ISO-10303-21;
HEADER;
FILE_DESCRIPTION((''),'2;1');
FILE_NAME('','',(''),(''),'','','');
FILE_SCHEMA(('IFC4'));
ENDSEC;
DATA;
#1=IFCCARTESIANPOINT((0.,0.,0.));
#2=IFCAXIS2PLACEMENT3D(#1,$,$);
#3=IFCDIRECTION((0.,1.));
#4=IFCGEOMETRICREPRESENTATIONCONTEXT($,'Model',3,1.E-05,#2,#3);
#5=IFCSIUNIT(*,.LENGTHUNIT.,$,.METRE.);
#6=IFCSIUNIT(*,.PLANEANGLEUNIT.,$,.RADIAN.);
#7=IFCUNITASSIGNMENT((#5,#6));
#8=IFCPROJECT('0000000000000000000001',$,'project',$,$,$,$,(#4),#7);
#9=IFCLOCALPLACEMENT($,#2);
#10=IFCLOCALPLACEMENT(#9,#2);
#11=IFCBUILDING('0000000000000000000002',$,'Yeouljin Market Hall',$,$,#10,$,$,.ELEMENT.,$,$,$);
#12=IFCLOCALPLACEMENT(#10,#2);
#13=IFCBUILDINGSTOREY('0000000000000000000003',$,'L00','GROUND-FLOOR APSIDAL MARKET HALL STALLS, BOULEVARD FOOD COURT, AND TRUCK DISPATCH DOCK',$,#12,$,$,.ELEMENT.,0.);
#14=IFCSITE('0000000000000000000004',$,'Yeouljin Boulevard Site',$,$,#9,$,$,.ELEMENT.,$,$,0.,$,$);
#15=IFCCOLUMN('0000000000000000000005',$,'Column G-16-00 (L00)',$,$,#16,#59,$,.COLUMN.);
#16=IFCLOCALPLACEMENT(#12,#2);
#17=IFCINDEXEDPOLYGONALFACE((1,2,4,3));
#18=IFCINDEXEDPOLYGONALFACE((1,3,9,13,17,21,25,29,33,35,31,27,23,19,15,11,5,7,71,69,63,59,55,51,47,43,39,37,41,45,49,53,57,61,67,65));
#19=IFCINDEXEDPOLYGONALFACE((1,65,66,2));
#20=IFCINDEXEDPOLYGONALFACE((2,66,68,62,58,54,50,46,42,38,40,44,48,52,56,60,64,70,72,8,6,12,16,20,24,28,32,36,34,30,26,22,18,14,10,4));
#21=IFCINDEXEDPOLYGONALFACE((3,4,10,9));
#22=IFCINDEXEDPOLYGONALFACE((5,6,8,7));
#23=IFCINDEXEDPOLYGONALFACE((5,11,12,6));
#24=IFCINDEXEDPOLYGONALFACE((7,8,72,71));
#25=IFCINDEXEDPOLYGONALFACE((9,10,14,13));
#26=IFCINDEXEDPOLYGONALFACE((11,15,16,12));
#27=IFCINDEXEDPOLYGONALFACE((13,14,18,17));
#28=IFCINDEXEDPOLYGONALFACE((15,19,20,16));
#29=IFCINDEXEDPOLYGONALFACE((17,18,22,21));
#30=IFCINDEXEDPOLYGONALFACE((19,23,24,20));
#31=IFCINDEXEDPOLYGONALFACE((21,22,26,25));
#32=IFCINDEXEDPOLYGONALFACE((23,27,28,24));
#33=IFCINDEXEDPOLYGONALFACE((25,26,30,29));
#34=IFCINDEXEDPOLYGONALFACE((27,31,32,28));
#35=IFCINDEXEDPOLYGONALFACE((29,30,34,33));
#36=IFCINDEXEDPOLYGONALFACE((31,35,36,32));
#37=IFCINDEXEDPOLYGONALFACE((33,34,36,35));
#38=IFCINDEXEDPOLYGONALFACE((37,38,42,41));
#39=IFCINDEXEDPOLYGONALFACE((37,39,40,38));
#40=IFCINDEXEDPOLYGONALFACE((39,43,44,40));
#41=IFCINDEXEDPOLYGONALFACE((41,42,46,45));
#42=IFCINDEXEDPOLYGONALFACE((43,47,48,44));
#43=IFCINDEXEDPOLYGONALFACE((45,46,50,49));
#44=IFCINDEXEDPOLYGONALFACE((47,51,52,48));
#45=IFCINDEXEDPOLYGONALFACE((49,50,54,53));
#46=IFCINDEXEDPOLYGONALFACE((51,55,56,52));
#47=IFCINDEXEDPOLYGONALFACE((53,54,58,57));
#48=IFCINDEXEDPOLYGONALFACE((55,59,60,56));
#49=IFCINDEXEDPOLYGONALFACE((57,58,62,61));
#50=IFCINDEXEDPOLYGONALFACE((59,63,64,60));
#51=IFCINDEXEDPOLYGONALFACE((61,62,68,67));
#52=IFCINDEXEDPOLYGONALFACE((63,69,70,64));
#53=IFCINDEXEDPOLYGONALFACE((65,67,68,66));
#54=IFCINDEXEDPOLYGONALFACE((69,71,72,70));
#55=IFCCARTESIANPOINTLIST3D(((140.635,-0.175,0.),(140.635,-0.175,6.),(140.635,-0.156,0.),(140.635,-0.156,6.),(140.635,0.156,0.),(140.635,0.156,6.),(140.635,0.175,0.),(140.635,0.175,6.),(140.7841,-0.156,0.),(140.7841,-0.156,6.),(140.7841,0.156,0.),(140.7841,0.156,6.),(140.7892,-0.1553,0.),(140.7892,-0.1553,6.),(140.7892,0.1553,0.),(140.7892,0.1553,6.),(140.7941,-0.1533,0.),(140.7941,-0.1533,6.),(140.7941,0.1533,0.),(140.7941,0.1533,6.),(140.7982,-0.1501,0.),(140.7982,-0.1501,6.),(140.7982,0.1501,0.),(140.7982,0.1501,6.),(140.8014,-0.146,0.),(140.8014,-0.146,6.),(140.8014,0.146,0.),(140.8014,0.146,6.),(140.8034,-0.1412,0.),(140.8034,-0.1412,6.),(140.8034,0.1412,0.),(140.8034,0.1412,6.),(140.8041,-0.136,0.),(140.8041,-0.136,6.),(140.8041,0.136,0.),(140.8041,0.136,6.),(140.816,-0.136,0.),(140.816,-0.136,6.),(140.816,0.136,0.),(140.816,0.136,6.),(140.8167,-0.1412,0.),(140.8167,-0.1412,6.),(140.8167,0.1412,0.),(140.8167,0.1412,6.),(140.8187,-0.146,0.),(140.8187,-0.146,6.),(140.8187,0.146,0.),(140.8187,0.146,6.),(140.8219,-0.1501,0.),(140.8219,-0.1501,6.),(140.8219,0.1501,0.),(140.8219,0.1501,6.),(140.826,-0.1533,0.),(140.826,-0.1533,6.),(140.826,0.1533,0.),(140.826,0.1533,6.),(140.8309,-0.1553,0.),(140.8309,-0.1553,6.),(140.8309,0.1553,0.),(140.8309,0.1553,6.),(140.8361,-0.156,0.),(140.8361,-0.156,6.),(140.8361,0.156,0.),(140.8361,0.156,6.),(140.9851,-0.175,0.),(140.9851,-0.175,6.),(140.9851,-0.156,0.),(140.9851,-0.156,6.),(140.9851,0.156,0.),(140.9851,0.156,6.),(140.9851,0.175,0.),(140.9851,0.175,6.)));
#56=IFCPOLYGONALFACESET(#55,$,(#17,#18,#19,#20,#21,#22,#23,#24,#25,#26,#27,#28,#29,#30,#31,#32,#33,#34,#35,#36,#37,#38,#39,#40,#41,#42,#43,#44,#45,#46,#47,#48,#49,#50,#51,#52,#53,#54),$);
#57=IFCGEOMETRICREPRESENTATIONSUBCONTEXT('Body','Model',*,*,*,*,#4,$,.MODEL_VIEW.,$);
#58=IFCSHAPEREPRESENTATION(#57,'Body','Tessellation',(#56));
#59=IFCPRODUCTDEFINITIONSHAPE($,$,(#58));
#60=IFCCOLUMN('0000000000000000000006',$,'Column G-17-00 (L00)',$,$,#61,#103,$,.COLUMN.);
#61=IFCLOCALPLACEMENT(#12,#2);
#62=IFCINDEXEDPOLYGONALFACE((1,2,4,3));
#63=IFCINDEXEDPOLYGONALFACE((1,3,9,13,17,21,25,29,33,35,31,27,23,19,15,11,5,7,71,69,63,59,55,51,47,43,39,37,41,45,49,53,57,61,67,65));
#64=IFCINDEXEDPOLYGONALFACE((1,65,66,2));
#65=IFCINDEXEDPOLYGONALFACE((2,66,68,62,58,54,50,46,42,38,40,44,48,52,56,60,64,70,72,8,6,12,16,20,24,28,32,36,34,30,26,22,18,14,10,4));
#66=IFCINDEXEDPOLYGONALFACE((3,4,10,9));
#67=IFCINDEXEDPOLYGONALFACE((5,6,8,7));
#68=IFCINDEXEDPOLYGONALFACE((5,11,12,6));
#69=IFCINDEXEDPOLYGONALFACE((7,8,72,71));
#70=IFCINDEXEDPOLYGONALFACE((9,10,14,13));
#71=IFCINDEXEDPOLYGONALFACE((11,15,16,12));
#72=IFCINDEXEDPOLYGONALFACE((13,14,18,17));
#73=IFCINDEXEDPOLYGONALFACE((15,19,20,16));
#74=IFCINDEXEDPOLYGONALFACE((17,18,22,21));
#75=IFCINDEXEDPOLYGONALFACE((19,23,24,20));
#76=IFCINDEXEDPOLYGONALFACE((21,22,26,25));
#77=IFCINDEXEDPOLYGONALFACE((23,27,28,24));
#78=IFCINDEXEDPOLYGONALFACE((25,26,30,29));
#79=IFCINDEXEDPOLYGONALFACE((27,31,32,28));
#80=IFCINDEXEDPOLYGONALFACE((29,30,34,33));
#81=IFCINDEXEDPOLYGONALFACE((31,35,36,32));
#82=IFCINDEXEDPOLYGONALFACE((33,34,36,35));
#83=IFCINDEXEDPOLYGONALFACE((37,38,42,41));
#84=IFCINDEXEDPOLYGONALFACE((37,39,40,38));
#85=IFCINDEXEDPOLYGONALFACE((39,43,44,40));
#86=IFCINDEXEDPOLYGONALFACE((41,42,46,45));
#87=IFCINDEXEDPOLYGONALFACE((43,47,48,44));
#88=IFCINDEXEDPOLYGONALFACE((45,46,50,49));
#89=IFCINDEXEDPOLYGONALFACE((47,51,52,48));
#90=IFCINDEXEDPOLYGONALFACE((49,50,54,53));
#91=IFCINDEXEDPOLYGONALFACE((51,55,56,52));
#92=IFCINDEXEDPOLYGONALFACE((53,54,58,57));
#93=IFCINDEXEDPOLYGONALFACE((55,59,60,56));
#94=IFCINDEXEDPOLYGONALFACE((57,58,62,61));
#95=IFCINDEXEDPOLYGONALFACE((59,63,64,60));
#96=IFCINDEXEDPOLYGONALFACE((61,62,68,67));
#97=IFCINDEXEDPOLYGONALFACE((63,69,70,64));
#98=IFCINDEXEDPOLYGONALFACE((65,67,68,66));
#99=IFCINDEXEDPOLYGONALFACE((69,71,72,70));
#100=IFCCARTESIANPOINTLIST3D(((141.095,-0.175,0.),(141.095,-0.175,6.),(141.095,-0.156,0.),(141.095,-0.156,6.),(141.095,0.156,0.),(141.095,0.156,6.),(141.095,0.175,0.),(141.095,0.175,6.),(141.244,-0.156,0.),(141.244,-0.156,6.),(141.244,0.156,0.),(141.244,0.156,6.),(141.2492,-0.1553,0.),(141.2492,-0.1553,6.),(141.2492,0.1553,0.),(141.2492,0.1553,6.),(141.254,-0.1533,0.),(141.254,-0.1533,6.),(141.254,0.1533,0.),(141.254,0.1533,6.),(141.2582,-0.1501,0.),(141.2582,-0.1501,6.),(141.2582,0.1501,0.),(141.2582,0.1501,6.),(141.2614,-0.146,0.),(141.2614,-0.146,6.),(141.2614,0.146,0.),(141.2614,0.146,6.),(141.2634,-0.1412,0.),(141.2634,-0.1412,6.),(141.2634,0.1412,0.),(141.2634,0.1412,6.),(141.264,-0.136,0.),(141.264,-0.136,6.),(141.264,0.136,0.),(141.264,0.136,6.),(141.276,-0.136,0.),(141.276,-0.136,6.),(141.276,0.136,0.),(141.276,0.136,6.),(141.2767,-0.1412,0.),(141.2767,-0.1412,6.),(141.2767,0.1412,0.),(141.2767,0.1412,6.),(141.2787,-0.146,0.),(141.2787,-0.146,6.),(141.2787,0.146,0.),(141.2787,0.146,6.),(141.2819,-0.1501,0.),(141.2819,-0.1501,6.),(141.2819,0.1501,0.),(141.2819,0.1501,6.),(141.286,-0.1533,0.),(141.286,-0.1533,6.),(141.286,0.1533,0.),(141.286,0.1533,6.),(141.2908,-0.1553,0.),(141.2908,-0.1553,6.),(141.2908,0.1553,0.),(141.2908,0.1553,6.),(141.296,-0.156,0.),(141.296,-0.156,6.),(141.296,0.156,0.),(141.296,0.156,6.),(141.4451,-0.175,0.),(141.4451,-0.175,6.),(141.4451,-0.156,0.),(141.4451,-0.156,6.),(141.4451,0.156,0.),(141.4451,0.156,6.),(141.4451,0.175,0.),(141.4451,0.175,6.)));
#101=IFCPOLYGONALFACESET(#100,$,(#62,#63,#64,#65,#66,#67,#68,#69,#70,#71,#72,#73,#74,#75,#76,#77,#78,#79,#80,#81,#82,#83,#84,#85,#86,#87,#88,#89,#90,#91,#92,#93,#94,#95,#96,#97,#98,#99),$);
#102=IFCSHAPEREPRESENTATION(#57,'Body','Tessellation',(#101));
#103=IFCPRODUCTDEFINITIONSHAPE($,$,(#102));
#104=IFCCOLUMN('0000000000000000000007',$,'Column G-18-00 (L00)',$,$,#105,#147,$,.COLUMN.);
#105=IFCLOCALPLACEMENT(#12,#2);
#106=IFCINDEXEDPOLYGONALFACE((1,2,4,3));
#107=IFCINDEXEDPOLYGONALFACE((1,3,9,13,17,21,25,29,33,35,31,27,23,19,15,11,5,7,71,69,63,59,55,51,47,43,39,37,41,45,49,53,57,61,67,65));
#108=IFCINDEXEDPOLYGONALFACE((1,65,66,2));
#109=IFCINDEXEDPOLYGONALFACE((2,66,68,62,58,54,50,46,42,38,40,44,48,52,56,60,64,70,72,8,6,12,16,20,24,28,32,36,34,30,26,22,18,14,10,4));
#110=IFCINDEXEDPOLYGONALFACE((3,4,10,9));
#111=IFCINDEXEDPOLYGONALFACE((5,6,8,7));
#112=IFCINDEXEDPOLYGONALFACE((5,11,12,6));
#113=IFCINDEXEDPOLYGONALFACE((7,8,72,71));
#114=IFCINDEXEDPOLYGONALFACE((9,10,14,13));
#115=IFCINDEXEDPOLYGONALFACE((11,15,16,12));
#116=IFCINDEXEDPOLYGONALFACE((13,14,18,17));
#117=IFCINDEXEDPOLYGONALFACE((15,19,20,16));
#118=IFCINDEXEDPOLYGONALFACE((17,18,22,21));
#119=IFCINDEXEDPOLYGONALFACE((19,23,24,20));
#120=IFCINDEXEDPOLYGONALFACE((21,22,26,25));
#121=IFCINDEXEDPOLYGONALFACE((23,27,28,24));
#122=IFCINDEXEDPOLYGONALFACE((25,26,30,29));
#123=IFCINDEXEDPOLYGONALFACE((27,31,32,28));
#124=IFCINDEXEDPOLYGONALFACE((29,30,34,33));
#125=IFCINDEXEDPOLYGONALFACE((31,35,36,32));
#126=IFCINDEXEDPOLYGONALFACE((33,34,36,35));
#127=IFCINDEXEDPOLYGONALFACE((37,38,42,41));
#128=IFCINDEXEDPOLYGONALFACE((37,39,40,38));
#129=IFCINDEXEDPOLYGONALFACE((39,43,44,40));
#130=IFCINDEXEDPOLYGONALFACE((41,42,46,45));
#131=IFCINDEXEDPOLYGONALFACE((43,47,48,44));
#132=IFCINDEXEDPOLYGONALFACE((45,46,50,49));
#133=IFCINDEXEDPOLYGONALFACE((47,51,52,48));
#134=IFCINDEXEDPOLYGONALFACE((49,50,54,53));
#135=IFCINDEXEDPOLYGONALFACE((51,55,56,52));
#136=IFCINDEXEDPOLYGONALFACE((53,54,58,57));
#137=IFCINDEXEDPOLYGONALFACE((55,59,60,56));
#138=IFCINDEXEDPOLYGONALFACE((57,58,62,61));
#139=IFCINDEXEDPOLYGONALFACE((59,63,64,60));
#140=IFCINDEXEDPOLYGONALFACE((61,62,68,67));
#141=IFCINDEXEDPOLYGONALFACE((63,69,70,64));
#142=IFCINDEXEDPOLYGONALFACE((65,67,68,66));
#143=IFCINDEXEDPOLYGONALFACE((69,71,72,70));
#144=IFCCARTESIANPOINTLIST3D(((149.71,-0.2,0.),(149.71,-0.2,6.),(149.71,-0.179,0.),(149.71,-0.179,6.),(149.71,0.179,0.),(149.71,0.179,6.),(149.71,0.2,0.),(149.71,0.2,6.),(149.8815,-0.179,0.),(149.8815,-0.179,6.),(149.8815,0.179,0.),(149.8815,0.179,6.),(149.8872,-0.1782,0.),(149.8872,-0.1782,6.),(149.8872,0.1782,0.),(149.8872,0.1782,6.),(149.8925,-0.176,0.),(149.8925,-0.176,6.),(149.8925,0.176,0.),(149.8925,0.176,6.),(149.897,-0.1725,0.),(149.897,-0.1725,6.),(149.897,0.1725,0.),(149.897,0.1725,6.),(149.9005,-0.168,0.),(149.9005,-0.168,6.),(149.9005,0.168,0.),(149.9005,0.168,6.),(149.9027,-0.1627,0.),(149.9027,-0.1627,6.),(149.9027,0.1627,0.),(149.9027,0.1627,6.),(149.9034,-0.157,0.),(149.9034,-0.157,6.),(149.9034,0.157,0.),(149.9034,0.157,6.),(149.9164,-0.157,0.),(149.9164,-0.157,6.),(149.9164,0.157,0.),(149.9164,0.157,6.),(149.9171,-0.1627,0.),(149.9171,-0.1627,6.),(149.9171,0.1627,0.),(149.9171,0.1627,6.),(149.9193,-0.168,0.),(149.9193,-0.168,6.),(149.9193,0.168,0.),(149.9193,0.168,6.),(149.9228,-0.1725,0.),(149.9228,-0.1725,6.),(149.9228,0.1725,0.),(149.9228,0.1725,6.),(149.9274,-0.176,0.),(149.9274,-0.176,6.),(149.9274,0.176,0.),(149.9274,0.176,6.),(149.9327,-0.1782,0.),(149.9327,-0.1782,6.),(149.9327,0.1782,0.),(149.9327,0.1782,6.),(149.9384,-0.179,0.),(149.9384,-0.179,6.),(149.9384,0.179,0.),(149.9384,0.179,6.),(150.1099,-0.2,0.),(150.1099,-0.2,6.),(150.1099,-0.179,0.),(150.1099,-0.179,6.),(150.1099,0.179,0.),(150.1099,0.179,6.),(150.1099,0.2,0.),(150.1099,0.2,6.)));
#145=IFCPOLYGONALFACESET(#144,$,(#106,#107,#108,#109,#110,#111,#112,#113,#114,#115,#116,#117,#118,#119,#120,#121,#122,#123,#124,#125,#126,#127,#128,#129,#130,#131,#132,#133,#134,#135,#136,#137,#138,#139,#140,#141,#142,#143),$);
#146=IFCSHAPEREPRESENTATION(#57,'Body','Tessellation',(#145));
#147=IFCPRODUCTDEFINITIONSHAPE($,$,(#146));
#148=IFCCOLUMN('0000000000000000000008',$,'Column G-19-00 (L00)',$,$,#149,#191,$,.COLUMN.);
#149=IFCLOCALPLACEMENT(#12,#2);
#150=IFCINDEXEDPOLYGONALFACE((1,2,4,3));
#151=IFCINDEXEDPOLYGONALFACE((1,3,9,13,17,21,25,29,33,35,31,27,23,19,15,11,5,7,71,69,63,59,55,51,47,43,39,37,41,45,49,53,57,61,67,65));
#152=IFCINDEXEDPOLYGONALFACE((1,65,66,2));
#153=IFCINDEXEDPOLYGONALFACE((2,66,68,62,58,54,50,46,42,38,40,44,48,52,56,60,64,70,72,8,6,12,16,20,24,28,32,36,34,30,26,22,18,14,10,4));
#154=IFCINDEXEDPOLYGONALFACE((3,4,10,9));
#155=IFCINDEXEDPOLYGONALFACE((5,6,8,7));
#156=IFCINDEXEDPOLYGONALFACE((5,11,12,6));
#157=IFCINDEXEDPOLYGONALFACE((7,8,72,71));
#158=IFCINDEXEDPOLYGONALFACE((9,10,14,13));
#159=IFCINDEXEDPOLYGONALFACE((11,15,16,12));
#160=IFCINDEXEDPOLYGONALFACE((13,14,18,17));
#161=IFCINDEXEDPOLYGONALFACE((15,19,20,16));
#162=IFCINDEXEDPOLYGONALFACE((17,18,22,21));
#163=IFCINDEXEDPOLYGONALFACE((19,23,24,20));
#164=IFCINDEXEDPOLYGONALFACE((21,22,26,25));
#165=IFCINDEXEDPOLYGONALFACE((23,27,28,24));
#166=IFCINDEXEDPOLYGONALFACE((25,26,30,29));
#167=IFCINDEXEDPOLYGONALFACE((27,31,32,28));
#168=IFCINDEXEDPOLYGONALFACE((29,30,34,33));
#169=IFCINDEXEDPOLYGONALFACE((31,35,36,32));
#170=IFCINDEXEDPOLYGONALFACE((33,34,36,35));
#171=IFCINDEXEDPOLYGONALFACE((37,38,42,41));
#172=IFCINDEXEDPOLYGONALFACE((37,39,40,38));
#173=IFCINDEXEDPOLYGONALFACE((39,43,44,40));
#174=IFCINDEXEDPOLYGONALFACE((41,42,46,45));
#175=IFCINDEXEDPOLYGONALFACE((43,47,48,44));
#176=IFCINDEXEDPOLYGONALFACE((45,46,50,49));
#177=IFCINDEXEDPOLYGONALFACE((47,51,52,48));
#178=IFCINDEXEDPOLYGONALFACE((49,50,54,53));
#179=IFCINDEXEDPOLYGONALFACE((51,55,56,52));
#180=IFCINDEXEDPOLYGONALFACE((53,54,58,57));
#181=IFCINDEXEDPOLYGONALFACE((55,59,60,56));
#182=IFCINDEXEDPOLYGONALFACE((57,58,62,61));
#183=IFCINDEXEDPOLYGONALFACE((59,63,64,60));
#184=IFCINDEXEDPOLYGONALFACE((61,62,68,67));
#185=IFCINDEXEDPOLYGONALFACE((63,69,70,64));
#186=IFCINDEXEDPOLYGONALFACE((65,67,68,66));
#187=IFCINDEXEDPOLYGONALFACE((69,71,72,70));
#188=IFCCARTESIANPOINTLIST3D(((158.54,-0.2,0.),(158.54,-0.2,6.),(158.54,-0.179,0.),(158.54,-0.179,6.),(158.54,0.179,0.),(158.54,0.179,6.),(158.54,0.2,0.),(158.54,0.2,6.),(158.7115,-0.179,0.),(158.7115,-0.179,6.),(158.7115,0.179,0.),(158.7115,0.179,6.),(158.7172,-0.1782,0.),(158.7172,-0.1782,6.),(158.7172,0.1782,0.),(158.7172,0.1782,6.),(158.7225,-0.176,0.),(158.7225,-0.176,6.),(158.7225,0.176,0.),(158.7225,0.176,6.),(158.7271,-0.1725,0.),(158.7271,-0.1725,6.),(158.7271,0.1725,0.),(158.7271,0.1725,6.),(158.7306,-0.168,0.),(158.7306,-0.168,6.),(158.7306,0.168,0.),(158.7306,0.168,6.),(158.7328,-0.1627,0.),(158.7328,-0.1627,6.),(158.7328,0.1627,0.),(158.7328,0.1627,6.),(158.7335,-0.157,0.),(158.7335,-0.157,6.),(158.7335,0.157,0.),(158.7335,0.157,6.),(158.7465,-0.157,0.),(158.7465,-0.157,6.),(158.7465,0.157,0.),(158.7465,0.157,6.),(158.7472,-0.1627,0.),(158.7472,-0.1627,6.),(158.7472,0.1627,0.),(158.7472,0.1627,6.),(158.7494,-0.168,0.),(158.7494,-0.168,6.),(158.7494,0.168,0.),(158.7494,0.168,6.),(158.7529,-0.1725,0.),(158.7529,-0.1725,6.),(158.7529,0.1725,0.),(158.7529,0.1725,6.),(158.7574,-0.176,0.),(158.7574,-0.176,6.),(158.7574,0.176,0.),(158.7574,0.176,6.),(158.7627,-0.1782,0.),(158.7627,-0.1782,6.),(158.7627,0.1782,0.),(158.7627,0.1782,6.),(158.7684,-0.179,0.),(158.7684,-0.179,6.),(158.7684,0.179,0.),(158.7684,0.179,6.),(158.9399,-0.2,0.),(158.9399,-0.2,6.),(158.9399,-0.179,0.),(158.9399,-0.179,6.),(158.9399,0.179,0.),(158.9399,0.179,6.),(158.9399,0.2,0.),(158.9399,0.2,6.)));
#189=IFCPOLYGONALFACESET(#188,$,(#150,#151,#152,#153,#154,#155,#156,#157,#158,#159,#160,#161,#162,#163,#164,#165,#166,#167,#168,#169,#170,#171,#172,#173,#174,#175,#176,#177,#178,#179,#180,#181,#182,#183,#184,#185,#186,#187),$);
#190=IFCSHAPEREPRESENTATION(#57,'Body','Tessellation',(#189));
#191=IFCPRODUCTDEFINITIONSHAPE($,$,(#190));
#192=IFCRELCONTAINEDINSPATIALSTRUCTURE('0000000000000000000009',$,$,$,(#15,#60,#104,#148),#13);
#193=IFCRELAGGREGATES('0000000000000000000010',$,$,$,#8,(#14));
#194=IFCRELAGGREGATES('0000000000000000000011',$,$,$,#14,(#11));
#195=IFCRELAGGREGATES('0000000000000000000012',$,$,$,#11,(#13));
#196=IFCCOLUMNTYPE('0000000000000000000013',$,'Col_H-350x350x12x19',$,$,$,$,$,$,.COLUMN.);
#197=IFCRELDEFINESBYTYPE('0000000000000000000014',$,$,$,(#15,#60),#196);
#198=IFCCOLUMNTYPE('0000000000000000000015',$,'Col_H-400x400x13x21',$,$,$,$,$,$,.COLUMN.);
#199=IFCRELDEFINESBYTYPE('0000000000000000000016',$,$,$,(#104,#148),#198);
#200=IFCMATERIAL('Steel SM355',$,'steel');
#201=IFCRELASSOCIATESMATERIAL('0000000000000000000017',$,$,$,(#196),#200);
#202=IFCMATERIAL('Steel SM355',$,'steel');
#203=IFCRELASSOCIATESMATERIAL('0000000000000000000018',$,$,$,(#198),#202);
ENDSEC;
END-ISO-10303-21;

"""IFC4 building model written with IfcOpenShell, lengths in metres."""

from ifc_helpers import new_model, si_unit, direction, frame, origin, origin_2d, place, context, subcontext, project, spatial, i_section, extrude, material, material_profile, profile_set, type_object, element, save


model = new_model("IFC4")

# Units and contexts
model_context = context("Model", 3, precision=1e-05, world=origin(), true_north=direction((0.0, 1.0)))
body_context = subcontext(model_context, "Body", "Model", "MODEL_VIEW")
ifc_project = project(units=[si_unit("LENGTHUNIT", "METRE"), si_unit("PLANEANGLEUNIT", "RADIAN")], contexts=[model_context])

# Site, building, storey
site_placement = place(None, origin())
site = spatial("IfcSite", under=ifc_project, at=site_placement, Name="Yeouljin Boulevard Site", CompositionType="ELEMENT", RefElevation=0.0)
building_placement = place(site_placement, origin())
building = spatial("IfcBuilding", under=site, at=building_placement, Name="Yeouljin Market Hall", CompositionType="ELEMENT")
storey_placement = place(building_placement, origin())
storey = spatial("IfcBuildingStorey", under=building, at=storey_placement, Name="L00", Description="GROUND-FLOOR APSIDAL MARKET HALL STALLS, BOULEVARD FOOD COURT, AND TRUCK DISPATCH DOCK", CompositionType="ELEMENT", Elevation=0.0)

# Columns
ifc_material_1 = material(Name="Steel SM355", Category="steel")
ifc_material_profile_1 = material_profile(ifc_material_1, i_section(OverallWidth=0.3501, OverallDepth=0.3501, WebThickness=0.012, FlangeThickness=0.019, FilletRadius=0.02, at=origin_2d()), Name="H-350x350x12x19")
ifc_profile_set_1 = profile_set([ifc_material_profile_1], Name="Steel SM355")
column_type_1 = type_object("IfcColumnType", Name="Col_H-350x350x12x19", PredefinedType="COLUMN", material=ifc_profile_set_1)
for number, where, z_axis, x_axis, name in (
    (1, (140.8101, 0.0, 0.0), (0.0, 0.0, 1.0), (1.0, 0.0, 0.0), "Column G-16-00 (L00)"),
    (2, (141.27, 0.0, 0.0), (0.0, 0.0, 1.0), (1.0, 0.0, 0.0), "Column G-17-00 (L00)"),
):
    element("IfcColumn", number, at=place(storey_placement, frame(where, z_axis=z_axis, x_axis=x_axis)), inside=storey, type_object=column_type_1, Name=name, PredefinedType="COLUMN", context=body_context, shape_type="SweptSolid", body=[
        extrude(i_section(OverallWidth=0.3501, OverallDepth=0.3501, WebThickness=0.012, FlangeThickness=0.019, FilletRadius=0.02, at=origin_2d()), origin(), (0.0, 0.0, 1.0), 6.0),
    ])
ifc_material_2 = material(Name="Steel SM355", Category="steel")
ifc_material_profile_2 = material_profile(ifc_material_2, i_section(OverallWidth=0.3999, OverallDepth=0.3999, WebThickness=0.0129, FlangeThickness=0.021, FilletRadius=0.022, at=origin_2d()), Name="H-400x400x13x21")
ifc_profile_set_2 = profile_set([ifc_material_profile_2], Name="Steel SM355")
column_type_2 = type_object("IfcColumnType", Name="Col_H-400x400x13x21", PredefinedType="COLUMN", material=ifc_profile_set_2)
for number, where, z_axis, x_axis, name in (
    (3, (149.9099, 0.0, 0.0), (0.0, 0.0, 1.0), (1.0, 0.0, 0.0), "Column G-18-00 (L00)"),
    (4, (158.74, 0.0, 0.0), (0.0, 0.0, 1.0), (1.0, 0.0, 0.0), "Column G-19-00 (L00)"),
):
    element("IfcColumn", number, at=place(storey_placement, frame(where, z_axis=z_axis, x_axis=x_axis)), inside=storey, type_object=column_type_2, Name=name, PredefinedType="COLUMN", context=body_context, shape_type="SweptSolid", body=[
        extrude(i_section(OverallWidth=0.3999, OverallDepth=0.3999, WebThickness=0.0129, FlangeThickness=0.021, FilletRadius=0.022, at=origin_2d()), origin(), (0.0, 0.0, 1.0), 6.0),
    ])

save(model, "model.ifc")
